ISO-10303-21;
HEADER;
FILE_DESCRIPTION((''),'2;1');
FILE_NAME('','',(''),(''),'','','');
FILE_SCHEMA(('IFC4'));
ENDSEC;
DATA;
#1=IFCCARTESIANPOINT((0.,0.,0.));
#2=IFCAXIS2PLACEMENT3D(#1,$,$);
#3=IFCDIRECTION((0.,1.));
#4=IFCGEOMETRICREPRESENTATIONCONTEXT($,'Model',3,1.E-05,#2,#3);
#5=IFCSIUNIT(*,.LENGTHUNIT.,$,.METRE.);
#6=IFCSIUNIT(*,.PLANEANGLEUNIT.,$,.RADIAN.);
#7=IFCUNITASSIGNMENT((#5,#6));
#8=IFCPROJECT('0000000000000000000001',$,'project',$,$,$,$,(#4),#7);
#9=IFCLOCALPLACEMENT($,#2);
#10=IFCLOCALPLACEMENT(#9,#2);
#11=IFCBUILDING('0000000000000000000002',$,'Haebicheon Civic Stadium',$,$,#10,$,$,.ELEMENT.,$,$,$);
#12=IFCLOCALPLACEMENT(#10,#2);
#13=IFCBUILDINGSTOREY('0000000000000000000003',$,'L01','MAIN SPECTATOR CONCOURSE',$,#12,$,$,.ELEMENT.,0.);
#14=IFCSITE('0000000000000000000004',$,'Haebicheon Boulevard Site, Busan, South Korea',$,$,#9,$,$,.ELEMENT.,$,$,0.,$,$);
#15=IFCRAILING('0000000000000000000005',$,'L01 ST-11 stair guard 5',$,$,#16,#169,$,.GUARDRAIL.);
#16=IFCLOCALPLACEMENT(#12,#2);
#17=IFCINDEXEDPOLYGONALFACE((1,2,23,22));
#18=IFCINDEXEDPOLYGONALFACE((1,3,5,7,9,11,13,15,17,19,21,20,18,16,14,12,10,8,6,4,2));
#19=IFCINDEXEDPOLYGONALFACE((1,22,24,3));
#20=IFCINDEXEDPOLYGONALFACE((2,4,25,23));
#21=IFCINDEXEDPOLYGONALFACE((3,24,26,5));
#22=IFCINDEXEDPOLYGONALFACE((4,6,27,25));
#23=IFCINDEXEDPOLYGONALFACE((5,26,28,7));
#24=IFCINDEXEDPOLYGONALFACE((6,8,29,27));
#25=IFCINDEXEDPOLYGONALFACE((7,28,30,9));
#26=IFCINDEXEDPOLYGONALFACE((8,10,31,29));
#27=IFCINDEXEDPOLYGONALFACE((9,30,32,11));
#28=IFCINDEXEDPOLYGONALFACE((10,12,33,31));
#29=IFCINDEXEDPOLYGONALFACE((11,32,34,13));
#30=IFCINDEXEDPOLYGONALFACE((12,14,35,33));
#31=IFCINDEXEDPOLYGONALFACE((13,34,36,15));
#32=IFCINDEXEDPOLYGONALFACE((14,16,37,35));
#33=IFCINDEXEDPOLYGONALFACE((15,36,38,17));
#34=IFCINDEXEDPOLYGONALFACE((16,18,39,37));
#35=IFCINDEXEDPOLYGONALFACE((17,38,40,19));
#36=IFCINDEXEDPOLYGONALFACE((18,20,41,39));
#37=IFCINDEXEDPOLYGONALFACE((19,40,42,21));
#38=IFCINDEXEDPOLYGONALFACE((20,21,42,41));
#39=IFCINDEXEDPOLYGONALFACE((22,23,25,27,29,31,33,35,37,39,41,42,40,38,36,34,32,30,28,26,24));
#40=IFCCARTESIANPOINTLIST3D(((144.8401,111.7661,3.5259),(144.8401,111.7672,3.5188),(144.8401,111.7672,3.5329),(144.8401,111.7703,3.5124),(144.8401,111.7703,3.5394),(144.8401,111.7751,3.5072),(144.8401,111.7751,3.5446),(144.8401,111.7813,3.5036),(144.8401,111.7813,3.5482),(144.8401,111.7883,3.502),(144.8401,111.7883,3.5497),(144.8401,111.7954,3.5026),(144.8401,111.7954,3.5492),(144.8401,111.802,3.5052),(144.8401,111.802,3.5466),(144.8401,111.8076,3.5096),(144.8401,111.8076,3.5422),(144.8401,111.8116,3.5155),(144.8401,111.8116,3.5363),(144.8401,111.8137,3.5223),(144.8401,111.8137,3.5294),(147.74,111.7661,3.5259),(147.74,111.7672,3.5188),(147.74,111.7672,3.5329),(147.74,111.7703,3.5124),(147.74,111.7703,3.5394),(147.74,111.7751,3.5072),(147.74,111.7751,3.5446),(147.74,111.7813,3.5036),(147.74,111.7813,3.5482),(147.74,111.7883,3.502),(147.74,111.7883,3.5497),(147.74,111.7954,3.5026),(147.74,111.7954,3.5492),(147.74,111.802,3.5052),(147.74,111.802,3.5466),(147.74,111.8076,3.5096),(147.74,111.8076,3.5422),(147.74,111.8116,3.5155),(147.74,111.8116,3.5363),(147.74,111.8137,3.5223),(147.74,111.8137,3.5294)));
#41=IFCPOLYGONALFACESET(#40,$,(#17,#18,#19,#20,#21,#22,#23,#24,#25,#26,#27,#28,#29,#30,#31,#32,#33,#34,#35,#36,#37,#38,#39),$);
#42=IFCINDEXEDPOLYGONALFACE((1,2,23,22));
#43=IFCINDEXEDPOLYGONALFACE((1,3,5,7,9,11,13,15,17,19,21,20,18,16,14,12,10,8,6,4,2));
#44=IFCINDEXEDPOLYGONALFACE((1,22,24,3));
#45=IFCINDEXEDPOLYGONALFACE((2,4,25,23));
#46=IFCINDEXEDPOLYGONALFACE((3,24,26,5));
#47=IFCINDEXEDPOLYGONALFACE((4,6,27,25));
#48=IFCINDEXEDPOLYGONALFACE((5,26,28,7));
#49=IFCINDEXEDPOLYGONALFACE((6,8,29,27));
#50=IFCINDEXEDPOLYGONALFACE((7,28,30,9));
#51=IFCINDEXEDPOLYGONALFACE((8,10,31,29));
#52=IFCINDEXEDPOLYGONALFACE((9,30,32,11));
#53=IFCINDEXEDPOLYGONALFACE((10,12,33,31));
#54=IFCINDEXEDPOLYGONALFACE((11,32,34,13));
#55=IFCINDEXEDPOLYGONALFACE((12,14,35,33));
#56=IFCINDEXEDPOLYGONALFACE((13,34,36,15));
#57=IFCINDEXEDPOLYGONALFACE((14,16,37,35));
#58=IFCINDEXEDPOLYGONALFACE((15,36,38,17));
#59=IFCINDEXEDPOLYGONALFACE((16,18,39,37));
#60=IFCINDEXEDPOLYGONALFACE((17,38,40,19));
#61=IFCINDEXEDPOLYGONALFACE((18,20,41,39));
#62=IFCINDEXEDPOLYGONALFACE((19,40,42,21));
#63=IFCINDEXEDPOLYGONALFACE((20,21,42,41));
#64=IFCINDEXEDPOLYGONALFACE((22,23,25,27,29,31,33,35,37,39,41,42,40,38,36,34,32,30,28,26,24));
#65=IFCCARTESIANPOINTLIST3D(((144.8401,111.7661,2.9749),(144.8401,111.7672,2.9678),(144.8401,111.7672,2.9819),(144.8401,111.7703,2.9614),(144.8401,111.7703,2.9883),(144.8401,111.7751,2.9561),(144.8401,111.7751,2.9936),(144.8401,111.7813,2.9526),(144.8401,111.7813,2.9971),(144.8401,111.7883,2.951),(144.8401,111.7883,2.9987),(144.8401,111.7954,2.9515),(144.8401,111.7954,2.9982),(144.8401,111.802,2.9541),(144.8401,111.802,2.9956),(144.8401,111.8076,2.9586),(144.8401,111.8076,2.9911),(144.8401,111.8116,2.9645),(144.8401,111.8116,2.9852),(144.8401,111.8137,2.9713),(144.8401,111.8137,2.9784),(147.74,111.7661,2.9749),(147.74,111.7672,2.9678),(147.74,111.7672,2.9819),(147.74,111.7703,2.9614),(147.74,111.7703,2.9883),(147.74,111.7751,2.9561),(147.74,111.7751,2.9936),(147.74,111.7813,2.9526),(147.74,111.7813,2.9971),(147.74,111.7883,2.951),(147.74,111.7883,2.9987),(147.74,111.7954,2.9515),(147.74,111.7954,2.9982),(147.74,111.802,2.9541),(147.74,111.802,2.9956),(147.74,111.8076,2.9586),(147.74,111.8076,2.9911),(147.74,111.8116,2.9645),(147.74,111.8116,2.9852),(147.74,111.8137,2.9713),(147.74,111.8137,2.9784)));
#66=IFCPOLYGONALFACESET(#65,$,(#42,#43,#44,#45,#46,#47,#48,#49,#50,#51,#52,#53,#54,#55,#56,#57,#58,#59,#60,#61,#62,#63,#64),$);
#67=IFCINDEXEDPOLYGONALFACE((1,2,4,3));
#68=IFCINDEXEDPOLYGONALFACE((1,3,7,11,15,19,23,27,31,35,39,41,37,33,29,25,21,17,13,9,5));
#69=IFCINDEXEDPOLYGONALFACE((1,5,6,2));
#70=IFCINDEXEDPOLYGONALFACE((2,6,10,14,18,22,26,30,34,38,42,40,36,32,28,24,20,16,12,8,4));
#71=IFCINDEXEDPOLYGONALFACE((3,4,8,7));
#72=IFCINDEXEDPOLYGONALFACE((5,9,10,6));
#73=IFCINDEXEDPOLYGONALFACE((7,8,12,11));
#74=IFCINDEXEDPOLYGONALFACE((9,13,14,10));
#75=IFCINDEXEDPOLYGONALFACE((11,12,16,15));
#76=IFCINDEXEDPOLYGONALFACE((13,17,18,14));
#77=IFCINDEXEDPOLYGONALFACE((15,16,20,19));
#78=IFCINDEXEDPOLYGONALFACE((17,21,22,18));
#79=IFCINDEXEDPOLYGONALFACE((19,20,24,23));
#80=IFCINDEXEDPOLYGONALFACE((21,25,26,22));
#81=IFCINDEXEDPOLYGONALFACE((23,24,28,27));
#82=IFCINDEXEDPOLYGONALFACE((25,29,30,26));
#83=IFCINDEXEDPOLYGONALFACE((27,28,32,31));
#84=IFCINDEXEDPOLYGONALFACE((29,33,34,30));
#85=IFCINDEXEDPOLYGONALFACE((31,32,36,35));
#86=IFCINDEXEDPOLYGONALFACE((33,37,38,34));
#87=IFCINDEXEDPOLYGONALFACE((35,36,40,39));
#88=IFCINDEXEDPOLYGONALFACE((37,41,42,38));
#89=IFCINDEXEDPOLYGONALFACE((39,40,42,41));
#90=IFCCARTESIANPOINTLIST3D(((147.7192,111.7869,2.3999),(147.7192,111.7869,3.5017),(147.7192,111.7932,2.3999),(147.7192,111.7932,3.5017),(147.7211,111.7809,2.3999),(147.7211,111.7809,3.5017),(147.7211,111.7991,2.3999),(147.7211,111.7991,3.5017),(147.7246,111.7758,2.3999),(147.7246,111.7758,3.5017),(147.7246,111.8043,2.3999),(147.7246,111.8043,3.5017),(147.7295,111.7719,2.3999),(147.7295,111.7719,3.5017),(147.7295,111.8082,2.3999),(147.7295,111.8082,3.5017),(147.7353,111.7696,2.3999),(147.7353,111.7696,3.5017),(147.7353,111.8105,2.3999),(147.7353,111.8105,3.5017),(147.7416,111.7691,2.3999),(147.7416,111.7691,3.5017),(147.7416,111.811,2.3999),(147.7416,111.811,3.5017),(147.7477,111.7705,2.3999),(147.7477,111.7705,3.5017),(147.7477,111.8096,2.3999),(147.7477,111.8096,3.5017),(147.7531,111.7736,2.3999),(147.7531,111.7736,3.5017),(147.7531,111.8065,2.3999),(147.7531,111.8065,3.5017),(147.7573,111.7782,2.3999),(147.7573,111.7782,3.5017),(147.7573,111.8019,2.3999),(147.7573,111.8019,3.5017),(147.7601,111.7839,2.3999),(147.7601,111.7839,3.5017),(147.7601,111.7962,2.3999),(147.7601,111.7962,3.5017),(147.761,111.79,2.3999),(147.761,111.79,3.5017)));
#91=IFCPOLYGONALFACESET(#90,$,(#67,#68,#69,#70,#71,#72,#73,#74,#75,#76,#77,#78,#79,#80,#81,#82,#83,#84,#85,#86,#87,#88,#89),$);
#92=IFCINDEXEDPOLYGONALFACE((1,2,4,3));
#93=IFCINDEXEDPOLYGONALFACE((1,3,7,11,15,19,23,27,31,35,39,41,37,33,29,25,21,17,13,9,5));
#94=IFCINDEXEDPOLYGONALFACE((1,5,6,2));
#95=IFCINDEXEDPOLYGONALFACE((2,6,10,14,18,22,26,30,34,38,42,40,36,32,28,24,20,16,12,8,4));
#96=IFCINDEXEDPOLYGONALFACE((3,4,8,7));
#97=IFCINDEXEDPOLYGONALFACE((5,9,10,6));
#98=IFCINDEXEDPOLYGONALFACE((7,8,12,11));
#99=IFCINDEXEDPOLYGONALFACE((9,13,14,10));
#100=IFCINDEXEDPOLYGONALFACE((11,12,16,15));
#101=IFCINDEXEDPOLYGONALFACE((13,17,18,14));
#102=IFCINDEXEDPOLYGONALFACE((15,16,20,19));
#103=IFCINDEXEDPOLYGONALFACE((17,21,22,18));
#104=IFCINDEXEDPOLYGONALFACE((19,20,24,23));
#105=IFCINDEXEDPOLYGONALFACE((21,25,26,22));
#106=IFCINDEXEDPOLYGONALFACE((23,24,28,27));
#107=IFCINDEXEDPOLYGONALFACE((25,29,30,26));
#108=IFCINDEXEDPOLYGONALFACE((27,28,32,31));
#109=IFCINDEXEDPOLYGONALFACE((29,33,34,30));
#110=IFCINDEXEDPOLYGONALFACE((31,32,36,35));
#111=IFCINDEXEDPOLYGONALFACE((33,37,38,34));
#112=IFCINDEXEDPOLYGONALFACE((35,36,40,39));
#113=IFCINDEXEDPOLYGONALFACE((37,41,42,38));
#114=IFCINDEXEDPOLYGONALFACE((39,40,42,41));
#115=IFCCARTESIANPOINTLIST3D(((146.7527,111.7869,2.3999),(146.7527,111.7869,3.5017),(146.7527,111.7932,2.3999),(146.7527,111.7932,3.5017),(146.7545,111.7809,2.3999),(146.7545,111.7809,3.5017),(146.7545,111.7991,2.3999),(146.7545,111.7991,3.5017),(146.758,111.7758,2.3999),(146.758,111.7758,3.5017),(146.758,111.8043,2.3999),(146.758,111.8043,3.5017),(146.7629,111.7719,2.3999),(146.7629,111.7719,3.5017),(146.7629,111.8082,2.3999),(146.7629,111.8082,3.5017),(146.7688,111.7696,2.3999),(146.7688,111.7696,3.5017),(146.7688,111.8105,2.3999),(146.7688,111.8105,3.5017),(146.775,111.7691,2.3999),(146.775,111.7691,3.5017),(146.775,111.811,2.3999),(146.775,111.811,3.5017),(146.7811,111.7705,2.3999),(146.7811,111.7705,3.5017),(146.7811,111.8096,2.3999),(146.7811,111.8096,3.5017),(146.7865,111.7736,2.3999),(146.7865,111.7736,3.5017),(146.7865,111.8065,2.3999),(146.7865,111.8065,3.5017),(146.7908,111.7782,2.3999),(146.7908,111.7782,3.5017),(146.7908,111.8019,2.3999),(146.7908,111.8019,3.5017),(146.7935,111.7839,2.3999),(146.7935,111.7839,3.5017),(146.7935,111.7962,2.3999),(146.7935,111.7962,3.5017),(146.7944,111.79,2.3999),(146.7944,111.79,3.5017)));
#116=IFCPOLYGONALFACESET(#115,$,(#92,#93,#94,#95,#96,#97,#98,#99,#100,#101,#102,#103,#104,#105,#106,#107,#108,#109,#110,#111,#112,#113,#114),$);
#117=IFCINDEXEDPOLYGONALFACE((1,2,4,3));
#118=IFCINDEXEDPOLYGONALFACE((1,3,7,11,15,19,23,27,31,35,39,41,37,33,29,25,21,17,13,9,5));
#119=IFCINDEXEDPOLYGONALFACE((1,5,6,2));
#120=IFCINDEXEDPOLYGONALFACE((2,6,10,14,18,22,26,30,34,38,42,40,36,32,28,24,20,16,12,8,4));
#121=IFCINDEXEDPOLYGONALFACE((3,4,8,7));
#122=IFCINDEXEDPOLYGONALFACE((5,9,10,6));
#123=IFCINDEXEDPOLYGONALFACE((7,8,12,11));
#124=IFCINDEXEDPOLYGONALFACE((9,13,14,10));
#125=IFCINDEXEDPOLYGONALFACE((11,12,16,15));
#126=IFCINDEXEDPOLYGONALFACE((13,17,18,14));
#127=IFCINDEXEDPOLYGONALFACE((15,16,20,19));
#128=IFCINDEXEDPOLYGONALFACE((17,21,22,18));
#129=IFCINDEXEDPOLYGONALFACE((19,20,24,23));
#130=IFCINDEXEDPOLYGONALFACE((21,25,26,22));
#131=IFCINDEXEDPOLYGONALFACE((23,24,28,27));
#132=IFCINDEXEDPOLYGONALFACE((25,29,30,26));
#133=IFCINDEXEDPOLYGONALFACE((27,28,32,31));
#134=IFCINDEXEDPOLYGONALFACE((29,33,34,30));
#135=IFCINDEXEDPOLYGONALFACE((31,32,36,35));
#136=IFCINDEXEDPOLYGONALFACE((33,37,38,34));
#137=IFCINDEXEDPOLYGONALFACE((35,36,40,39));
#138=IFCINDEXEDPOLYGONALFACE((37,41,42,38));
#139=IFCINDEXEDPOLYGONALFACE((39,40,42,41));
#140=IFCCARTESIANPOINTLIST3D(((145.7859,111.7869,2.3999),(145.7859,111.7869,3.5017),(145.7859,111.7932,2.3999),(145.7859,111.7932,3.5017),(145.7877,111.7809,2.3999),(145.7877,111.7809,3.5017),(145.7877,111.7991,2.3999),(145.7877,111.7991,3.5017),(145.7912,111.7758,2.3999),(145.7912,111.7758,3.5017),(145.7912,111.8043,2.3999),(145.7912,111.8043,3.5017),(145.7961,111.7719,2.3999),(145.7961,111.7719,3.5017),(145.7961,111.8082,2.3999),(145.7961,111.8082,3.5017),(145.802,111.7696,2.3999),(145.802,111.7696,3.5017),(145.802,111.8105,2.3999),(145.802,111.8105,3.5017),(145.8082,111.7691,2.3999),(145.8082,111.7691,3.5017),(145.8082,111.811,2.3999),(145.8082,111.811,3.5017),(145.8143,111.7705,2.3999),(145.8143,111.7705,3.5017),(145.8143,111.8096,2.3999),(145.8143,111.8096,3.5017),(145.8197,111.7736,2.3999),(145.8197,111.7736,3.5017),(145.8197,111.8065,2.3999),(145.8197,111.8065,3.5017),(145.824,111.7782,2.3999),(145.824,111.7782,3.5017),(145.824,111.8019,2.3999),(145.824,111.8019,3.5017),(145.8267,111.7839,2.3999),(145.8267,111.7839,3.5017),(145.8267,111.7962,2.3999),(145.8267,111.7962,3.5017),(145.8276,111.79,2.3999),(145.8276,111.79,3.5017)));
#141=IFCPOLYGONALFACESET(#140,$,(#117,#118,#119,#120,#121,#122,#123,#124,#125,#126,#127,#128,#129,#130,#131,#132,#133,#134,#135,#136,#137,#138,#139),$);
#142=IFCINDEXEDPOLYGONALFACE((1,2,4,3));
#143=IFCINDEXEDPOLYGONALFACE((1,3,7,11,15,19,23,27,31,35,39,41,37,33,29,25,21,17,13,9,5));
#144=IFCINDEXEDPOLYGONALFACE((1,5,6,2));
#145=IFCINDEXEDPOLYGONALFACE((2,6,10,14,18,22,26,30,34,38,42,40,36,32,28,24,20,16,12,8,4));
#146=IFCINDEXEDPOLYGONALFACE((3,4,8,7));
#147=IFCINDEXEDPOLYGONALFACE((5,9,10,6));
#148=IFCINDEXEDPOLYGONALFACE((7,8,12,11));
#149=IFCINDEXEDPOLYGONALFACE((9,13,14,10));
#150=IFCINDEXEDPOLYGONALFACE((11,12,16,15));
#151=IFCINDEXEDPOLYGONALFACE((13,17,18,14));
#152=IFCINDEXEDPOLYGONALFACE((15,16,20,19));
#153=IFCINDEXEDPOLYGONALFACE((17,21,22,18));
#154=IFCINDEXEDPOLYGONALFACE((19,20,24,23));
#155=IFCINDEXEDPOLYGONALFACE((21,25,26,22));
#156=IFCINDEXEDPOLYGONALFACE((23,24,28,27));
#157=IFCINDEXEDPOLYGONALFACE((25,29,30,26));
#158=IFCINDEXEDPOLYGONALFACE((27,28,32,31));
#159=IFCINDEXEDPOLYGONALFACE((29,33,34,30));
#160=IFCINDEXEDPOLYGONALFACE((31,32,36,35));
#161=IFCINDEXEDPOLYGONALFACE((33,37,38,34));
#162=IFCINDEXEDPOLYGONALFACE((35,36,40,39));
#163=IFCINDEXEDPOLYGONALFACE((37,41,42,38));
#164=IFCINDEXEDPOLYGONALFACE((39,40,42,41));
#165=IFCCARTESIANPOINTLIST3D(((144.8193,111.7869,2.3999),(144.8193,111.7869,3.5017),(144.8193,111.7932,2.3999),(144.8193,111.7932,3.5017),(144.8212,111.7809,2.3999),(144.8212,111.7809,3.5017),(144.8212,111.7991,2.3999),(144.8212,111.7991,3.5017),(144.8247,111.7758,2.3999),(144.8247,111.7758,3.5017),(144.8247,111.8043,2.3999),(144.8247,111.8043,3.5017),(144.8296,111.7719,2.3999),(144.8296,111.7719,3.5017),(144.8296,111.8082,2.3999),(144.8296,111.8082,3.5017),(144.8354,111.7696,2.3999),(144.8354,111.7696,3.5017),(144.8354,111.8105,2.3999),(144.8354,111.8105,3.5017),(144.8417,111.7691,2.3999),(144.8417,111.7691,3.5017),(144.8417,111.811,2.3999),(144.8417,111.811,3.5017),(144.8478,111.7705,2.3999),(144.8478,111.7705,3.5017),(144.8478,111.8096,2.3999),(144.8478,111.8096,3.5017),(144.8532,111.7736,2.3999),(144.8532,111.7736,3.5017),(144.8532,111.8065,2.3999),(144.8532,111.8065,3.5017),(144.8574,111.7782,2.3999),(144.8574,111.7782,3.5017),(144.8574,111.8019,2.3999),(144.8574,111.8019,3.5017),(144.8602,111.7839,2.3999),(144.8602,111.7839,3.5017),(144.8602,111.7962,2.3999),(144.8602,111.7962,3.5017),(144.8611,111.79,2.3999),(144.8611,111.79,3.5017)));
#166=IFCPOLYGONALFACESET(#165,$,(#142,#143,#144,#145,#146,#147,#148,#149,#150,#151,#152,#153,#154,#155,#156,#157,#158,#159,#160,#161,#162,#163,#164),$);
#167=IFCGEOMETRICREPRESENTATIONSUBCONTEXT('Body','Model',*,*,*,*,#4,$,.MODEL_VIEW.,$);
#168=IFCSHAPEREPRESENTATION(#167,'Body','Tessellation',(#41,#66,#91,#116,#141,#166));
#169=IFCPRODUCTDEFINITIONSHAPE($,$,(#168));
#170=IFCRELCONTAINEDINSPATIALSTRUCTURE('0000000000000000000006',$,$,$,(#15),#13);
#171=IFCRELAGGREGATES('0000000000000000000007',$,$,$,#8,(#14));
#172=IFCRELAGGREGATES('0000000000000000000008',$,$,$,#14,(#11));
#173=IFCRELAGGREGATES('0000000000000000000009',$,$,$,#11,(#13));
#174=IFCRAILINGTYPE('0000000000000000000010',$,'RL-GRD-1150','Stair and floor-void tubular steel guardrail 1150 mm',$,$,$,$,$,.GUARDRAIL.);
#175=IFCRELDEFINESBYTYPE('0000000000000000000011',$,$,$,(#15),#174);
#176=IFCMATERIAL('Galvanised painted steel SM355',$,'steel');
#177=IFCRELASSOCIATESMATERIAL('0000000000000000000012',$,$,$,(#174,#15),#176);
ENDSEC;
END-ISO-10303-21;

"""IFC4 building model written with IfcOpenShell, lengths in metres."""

from ifc_helpers import new_model, si_unit, direction, frame, origin, origin_2d, place, context, subcontext, project, spatial, circle, extrude, material, type_object, element, save


model = new_model("IFC4")

# Units and contexts
model_context = context("Model", 3, precision=1e-05, world=origin(), true_north=direction((0.0, 1.0)))
body_context = subcontext(model_context, "Body", "Model", "MODEL_VIEW")
ifc_project = project(units=[si_unit("LENGTHUNIT", "METRE"), si_unit("PLANEANGLEUNIT", "RADIAN")], contexts=[model_context])

# Site, building, storey
site_placement = place(None, origin())
site = spatial("IfcSite", under=ifc_project, at=site_placement, Name="Haebicheon Boulevard Site, Busan, South Korea", CompositionType="ELEMENT", RefElevation=0.0)
building_placement = place(site_placement, origin())
building = spatial("IfcBuilding", under=site, at=building_placement, Name="Haebicheon Civic Stadium", CompositionType="ELEMENT")
storey_placement = place(building_placement, origin())
storey = spatial("IfcBuildingStorey", under=building, at=storey_placement, Name="L01", Description="MAIN SPECTATOR CONCOURSE", CompositionType="ELEMENT", Elevation=0.0)

# Railing
ifc_material_1 = material(Name="Galvanised painted steel SM355", Category="steel")
railing_type = type_object("IfcRailingType", Name="RL-GRD-1150", Description="Stair and floor-void tubular steel guardrail 1150 mm", PredefinedType="GUARDRAIL", material=ifc_material_1)
railing_1_placement = place(storey_placement, frame((147.74, 111.79, 2.3999)))
element("IfcRailing", 1, at=railing_1_placement, inside=storey, type_object=railing_type, material=ifc_material_1, Name="L01 ST-11 stair guard 5", PredefinedType="GUARDRAIL", context=body_context, shape_type="SweptSolid", body=[
    extrude(circle(Radius=0.0239, at=origin_2d()), frame((0.0, 0.0, 1.126), z_axis=(-1.0, 0.0, 0.0), x_axis=(0.0, -1.0, 0.0)), (0.0, 0.0, 1.0), 2.8999),
    extrude(circle(Radius=0.0239, at=origin_2d()), frame((0.0, 0.0, 0.575), z_axis=(-1.0, 0.0, 0.0), x_axis=(0.0, -1.0, 0.0)), (0.0, 0.0, 1.0), 2.8999),
    extrude(circle(Radius=0.021, at=origin_2d()), origin(), (0.0, 0.0, 1.0), 1.1018),
    extrude(circle(Radius=0.021, at=origin_2d()), frame((-0.9666, 0.0, 0.0)), (0.0, 0.0, 1.0), 1.1018),
    extrude(circle(Radius=0.021, at=origin_2d()), frame((-1.9333, 0.0, 0.0)), (0.0, 0.0, 1.0), 1.1018),
    extrude(circle(Radius=0.021, at=origin_2d()), frame((-2.8999, 0.0, 0.0)), (0.0, 0.0, 1.0), 1.1018),
])

save(model, "model.ifc")
